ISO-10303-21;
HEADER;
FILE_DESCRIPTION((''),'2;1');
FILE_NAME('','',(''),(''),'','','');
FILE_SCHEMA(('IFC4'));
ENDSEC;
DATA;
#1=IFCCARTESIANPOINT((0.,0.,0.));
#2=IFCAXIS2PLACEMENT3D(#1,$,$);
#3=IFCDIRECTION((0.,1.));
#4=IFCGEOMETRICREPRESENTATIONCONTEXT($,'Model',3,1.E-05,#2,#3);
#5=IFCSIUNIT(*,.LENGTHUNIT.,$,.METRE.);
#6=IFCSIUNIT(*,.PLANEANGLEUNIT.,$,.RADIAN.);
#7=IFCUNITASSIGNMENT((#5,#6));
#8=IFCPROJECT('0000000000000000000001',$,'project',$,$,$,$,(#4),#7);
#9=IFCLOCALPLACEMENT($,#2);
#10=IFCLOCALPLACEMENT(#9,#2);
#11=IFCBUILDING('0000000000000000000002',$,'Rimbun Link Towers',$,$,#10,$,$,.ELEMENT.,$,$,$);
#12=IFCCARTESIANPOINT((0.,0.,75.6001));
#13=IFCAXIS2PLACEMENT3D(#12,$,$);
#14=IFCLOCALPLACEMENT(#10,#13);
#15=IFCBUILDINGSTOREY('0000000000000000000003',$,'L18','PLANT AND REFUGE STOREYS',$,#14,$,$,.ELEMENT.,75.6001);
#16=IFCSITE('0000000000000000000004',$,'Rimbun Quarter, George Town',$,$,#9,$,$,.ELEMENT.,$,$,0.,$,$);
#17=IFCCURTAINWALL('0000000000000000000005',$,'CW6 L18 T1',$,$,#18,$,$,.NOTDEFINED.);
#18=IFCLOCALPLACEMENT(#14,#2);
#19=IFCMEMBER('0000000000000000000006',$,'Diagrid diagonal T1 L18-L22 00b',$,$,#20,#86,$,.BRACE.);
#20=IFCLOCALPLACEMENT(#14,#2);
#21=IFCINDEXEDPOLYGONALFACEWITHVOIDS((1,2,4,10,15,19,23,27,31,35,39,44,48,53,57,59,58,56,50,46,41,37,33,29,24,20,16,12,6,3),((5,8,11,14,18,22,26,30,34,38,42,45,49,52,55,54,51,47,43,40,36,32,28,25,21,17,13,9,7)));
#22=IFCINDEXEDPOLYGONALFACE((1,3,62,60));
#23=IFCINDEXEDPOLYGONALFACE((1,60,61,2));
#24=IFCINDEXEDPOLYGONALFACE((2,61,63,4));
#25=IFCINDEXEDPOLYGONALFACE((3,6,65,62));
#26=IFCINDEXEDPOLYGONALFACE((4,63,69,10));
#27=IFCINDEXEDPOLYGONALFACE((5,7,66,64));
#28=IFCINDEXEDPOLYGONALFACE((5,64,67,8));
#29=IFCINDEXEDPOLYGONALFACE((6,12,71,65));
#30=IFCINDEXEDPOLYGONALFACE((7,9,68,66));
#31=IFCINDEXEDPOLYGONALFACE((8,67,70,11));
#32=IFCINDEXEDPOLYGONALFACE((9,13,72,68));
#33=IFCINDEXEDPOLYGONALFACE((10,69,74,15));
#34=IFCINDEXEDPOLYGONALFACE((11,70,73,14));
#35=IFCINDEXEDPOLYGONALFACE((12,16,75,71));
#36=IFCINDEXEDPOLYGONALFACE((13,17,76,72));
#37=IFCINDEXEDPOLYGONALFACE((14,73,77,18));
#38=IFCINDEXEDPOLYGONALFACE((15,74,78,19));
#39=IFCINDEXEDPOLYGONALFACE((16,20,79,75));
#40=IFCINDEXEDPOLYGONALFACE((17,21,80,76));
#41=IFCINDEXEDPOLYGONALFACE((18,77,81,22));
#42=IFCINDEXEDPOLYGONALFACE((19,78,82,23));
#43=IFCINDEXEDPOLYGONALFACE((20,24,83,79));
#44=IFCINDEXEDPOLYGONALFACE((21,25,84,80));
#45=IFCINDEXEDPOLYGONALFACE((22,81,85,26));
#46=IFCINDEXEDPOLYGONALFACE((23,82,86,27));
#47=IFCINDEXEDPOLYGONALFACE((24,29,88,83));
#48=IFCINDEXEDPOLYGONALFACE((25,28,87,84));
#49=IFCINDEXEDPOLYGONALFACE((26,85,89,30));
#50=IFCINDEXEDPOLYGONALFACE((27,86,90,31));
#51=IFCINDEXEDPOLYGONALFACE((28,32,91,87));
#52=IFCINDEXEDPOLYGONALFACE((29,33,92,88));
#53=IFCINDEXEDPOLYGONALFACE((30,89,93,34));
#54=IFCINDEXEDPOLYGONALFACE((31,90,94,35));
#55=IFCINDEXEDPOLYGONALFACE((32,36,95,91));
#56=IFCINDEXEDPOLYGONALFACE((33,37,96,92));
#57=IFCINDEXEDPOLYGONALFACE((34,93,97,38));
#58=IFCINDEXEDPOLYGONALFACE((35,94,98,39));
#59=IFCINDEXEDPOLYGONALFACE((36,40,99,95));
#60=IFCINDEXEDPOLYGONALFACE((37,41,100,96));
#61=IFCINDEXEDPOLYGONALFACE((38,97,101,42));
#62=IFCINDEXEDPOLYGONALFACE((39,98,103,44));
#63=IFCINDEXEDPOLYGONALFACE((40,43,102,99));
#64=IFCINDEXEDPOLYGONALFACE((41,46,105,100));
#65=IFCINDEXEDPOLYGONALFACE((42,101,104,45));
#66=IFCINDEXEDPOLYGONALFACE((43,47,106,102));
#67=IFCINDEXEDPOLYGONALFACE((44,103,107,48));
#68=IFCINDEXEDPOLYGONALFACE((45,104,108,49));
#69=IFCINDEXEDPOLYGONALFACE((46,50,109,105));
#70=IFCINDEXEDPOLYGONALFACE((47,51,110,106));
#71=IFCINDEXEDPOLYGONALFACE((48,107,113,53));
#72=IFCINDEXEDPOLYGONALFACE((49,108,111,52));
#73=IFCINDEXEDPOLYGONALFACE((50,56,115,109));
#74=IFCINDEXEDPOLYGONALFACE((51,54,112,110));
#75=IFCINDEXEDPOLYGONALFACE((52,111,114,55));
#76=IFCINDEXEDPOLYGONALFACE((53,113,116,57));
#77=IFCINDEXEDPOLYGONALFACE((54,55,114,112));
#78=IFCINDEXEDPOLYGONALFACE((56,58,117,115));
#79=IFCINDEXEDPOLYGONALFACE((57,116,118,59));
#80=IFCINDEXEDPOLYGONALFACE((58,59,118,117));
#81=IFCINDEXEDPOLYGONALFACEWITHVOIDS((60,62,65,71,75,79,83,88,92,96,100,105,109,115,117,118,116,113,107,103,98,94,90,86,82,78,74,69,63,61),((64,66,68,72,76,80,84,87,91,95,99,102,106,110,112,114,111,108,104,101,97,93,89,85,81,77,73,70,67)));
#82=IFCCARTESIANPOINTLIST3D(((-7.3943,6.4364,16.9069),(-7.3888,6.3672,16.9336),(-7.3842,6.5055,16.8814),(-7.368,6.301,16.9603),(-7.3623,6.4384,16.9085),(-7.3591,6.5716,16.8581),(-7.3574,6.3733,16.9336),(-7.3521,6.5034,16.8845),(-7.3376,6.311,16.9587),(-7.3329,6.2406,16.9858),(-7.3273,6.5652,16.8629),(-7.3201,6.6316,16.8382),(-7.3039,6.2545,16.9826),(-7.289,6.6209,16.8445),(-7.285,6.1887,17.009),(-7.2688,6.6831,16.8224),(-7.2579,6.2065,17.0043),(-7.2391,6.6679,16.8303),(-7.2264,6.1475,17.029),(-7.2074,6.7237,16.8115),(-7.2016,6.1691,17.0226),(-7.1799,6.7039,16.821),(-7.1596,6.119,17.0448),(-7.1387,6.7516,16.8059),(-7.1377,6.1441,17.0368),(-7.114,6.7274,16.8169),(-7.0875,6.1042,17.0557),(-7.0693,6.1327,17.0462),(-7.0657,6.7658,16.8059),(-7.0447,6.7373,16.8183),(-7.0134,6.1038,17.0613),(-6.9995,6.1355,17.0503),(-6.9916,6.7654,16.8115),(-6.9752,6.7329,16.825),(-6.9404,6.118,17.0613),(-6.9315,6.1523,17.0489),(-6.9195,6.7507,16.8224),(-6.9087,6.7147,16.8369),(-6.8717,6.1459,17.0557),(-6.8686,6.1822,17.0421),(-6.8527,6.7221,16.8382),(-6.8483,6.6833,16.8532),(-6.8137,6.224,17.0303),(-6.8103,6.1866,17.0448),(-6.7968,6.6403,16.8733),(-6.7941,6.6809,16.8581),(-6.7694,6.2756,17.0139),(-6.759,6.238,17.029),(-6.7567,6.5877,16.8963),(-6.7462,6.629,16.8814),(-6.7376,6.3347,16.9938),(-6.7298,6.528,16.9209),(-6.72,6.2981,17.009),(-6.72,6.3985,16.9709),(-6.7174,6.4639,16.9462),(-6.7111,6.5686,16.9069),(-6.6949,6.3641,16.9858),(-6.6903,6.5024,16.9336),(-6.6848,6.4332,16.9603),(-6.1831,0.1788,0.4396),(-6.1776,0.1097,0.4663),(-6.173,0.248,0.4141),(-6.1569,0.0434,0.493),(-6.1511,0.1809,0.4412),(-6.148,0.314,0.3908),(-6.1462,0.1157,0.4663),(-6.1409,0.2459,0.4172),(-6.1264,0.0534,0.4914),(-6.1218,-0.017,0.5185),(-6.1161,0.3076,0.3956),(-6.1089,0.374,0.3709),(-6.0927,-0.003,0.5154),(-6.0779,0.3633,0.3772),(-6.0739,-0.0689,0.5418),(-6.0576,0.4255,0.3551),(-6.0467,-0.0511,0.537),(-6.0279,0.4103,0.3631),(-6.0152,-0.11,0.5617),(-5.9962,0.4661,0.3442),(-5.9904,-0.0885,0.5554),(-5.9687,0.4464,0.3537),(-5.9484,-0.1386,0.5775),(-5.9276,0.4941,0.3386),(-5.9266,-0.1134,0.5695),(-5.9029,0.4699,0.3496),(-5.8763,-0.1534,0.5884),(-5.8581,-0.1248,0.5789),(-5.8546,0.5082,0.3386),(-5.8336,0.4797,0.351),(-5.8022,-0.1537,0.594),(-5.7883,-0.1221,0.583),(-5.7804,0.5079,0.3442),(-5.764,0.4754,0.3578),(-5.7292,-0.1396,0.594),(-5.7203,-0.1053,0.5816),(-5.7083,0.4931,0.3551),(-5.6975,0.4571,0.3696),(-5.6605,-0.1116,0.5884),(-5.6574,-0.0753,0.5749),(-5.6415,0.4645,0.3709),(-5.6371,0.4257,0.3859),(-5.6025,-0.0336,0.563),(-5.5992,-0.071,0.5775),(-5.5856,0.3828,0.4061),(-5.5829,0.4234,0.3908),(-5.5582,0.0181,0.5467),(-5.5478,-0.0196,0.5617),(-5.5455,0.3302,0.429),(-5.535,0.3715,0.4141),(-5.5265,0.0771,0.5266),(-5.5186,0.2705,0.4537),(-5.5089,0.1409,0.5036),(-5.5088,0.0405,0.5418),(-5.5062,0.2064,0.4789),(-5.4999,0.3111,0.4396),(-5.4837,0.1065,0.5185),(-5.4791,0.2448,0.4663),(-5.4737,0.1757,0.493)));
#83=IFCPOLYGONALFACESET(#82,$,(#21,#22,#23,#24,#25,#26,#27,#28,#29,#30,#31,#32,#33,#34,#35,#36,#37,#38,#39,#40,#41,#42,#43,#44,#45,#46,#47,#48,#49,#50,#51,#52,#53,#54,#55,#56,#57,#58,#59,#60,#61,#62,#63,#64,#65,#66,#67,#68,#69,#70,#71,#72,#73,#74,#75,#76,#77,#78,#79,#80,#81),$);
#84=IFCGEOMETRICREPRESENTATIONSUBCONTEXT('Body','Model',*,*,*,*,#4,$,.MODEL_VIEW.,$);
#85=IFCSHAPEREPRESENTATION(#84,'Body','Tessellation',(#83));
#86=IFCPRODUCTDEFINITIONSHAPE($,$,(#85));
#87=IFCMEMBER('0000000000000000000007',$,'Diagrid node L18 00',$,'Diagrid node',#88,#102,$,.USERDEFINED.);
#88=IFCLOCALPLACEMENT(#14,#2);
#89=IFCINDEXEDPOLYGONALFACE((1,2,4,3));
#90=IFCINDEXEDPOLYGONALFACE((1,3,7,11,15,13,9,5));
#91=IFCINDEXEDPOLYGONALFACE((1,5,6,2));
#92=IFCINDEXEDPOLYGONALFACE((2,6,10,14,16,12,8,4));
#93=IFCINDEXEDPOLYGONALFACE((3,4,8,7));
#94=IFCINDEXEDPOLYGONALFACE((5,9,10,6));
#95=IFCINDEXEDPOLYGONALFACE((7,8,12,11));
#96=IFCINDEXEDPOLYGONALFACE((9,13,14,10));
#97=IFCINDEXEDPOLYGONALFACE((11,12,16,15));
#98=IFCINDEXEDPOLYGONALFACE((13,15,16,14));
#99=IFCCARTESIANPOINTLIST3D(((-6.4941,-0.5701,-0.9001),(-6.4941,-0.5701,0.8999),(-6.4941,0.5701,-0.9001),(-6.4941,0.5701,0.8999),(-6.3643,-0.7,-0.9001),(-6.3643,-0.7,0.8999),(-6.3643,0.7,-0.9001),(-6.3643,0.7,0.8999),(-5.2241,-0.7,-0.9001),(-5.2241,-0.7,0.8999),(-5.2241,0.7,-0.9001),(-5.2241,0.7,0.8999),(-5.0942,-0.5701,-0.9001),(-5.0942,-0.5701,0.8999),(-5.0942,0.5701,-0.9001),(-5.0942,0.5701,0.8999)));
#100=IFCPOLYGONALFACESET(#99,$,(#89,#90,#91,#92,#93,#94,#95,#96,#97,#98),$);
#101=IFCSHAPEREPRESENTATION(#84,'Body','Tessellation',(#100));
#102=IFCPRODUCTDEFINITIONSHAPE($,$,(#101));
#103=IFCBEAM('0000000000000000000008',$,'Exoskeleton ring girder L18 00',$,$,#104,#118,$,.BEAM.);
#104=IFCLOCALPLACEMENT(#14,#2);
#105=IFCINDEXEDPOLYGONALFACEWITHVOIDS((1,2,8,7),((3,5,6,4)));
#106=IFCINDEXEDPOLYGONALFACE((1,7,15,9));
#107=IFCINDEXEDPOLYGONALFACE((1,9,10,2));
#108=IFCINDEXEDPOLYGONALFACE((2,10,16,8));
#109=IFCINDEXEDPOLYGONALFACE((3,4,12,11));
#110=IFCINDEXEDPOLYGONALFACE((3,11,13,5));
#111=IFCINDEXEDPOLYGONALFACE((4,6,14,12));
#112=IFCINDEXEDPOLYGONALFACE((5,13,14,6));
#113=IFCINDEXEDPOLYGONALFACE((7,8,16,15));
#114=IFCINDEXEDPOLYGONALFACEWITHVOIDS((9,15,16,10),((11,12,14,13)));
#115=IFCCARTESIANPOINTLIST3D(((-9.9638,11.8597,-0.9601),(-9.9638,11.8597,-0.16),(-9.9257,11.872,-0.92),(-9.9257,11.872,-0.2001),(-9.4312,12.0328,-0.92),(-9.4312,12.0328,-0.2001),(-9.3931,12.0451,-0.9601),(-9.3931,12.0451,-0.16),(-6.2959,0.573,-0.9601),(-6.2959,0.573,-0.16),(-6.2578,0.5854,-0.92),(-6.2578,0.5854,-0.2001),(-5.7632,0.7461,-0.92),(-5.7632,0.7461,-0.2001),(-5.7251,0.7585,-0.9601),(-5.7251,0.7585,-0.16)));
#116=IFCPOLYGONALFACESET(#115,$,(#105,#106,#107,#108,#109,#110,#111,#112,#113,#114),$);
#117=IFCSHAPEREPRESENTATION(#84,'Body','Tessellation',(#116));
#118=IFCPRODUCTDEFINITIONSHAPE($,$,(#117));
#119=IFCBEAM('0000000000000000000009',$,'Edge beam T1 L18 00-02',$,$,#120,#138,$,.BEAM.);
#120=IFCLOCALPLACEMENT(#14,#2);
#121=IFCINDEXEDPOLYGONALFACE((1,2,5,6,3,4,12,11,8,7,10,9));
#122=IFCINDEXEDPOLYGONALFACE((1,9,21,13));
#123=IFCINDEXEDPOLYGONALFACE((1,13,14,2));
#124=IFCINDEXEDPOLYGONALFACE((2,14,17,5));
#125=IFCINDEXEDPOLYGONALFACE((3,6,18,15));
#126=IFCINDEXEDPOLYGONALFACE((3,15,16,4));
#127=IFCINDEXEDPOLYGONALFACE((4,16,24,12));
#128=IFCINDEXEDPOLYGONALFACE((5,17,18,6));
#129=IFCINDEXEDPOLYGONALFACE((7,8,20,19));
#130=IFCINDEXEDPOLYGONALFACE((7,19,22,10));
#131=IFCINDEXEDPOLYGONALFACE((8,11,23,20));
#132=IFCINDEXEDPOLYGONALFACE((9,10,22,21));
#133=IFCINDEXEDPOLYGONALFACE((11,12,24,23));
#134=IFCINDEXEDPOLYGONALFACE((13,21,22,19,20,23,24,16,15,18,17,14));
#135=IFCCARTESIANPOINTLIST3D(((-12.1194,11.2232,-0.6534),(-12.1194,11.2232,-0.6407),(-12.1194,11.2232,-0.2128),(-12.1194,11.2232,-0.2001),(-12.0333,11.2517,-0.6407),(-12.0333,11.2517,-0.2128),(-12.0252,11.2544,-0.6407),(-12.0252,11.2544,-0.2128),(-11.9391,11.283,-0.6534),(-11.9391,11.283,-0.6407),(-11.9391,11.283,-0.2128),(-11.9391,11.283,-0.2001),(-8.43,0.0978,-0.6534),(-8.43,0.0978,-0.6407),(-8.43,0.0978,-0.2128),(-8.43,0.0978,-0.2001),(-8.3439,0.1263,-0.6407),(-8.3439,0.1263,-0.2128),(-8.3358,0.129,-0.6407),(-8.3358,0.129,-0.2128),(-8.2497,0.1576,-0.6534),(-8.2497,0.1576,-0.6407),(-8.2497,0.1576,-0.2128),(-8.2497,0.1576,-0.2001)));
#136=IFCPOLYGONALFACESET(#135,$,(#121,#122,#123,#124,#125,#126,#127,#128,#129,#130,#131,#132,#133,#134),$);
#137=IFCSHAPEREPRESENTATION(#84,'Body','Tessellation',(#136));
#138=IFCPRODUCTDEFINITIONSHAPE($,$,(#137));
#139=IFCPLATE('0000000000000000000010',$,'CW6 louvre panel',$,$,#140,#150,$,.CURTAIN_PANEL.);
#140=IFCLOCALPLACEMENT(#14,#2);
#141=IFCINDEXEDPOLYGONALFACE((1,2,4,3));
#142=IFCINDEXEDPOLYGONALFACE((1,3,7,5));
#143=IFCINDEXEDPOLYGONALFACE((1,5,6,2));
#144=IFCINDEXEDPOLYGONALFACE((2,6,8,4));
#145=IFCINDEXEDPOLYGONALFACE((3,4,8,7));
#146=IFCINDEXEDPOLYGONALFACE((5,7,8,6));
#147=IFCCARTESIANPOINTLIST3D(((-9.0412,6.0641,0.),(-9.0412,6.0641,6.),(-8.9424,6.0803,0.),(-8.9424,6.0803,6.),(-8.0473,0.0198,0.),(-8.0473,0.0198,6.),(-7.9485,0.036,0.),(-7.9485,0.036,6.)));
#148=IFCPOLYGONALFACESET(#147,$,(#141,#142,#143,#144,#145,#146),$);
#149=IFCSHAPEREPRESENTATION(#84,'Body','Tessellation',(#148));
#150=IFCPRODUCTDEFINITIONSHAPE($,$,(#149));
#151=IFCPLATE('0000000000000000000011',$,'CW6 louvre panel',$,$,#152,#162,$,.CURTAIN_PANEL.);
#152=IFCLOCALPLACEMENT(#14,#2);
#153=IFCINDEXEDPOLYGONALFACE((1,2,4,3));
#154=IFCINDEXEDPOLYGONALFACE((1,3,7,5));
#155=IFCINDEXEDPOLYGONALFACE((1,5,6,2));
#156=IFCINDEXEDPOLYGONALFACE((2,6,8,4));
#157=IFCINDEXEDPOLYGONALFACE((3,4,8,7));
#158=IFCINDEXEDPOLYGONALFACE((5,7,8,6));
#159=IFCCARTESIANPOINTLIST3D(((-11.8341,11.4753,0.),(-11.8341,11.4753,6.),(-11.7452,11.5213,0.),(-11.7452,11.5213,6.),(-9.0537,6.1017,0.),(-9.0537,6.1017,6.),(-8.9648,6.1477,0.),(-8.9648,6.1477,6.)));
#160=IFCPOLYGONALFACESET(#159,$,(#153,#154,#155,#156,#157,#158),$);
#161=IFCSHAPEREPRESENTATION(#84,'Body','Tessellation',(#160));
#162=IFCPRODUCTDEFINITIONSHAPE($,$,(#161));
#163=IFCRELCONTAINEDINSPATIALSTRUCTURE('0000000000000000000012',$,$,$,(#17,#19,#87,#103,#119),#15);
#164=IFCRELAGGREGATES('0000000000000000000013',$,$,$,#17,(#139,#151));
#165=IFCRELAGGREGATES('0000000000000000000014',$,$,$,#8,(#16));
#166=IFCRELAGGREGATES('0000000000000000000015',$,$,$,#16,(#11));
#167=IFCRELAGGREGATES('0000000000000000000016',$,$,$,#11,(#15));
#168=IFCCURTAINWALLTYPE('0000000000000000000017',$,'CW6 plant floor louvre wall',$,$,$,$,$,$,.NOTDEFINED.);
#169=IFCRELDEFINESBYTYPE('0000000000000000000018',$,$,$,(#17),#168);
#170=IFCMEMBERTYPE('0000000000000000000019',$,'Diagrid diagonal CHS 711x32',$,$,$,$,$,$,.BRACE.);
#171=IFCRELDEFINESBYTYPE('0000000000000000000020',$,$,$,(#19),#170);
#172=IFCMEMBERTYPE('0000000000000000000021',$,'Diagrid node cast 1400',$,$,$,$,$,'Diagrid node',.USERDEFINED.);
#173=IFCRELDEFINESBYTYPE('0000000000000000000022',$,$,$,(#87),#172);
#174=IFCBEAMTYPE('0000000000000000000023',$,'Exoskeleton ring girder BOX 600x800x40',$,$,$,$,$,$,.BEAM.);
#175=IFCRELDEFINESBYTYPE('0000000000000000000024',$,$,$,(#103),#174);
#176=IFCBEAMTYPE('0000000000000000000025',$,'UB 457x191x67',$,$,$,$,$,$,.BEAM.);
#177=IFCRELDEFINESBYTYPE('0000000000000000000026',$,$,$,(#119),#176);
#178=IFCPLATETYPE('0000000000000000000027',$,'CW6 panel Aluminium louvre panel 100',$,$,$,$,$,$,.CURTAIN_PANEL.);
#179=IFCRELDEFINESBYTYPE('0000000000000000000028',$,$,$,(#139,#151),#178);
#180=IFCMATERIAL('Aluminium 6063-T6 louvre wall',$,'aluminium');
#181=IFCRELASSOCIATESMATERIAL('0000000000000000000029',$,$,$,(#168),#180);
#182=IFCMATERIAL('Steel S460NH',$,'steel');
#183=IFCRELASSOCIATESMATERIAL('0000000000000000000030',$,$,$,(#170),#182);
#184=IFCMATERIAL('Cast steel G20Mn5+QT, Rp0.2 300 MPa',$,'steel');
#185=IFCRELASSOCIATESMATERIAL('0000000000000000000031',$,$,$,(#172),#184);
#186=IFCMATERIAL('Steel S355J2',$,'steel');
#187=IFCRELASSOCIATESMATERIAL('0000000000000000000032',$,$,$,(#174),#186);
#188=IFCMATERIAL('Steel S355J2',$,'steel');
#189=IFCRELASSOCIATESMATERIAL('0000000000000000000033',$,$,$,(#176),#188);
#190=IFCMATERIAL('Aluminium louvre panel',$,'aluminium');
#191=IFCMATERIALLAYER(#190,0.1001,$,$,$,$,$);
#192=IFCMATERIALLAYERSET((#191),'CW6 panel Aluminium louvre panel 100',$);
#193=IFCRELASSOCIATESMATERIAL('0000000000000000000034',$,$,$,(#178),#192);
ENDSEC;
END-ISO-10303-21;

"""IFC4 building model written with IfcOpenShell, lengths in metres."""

from ifc_helpers import new_model, si_unit, direction, frame, origin, origin_2d, place, context, subcontext, project, spatial, polyline, rectangle, hollow_rectangle, hollow_circle, i_section, outline, extrude, material, layer, layer_set, material_profile, profile_set, type_object, element, aggregate, save


model = new_model("IFC4")

# Units and contexts
model_context = context("Model", 3, precision=1e-05, world=origin(), true_north=direction((0.0, 1.0)))
body_context = subcontext(model_context, "Body", "Model", "MODEL_VIEW")
ifc_project = project(units=[si_unit("LENGTHUNIT", "METRE"), si_unit("PLANEANGLEUNIT", "RADIAN")], contexts=[model_context])

# Site, building, storey
site_placement = place(None, origin())
site = spatial("IfcSite", under=ifc_project, at=site_placement, Name="Rimbun Quarter, George Town", CompositionType="ELEMENT", RefElevation=0.0)
building_placement = place(site_placement, origin())
building = spatial("IfcBuilding", under=site, at=building_placement, Name="Rimbun Link Towers", CompositionType="ELEMENT")
storey_placement = place(building_placement, frame((0.0, 0.0, 75.6001)))
storey = spatial("IfcBuildingStorey", under=building, at=storey_placement, Name="L18", Description="PLANT AND REFUGE STOREYS", CompositionType="ELEMENT", Elevation=75.6001)

# Curtain wall
ifc_material_1 = material(Name="Aluminium 6063-T6 louvre wall", Category="aluminium")
curtain_wall_type = type_object("IfcCurtainWallType", Name="CW6 plant floor louvre wall", PredefinedType="NOTDEFINED", material=ifc_material_1)
curtain_wall_placement = place(storey_placement, origin())
curtain_wall = element("IfcCurtainWall", 1, at=curtain_wall_placement, inside=storey, type_object=curtain_wall_type, Name="CW6 L18 T1", PredefinedType="NOTDEFINED")

# Members
ifc_material_2 = material(Name="Steel S460NH", Category="steel")
ifc_material_profile_1 = material_profile(ifc_material_2, hollow_circle(Radius=0.3557, WallThickness=0.032, at=origin_2d()), Name="Diagrid diagonal CHS 711x32")
ifc_profile_set_1 = profile_set([ifc_material_profile_1], Name="Steel S460NH")
member_type_1 = type_object("IfcMemberType", Name="Diagrid diagonal CHS 711x32", PredefinedType="BRACE", material=ifc_profile_set_1)
member_1_placement = place(storey_placement, frame((-5.8284, 0.1772, 0.4663), z_axis=(-0.068592, 0.354381, 0.932582), x_axis=(-0.981779, -0.190028, 0.0)))
element("IfcMember", 2, at=member_1_placement, inside=storey, type_object=member_type_1, Name="Diagrid diagonal T1 L18-L22 00b", PredefinedType="BRACE", context=body_context, shape_type="SweptSolid", body=[
    extrude(hollow_circle(Radius=0.3557, WallThickness=0.032, at=origin_2d()), origin(), (0.0, 0.0, 1.0), 17.6577),
])
ifc_material_3 = material(Name="Cast steel G20Mn5+QT, Rp0.2 300 MPa", Category="steel")
ifc_material_profile_2 = material_profile(ifc_material_3, outline(polyline([(0.7, -0.5701), (0.7, 0.5701), (0.5701, 0.7), (-0.5701, 0.7), (-0.7, 0.5701), (-0.7, -0.5701), (-0.5701, -0.7), (0.5701, -0.7), (0.7, -0.5701)])), Name="NODE 1400x1400")
ifc_profile_set_2 = profile_set([ifc_material_profile_2], Name="Cast steel G20Mn5+QT, Rp0.2 300 MPa")
member_type_2 = type_object("IfcMemberType", Name="Diagrid node cast 1400", ElementType="Diagrid node", PredefinedType="USERDEFINED", material=ifc_profile_set_2)
member_2_placement = place(storey_placement, frame((-5.7942, 0.0, -0.9001), z_axis=(0.0, 0.0, 1.0), x_axis=(1.0, 0.0, 0.0)))
element("IfcMember", 3, at=member_2_placement, inside=storey, type_object=member_type_2, Name="Diagrid node L18 00", ObjectType="Diagrid node", PredefinedType="USERDEFINED", context=body_context, shape_type="SweptSolid", body=[
    extrude(outline(polyline([(0.7, -0.5701), (0.7, 0.5701), (0.5701, 0.7), (-0.5701, 0.7), (-0.7, 0.5701), (-0.7, -0.5701), (-0.5701, -0.7), (0.5701, -0.7), (0.7, -0.5701)])), origin(), (0.0, 0.0, 1.0), 1.8),
])

# Beams
ifc_material_4 = material(Name="Steel S355J2", Category="steel")
ifc_material_profile_3 = material_profile(ifc_material_4, hollow_rectangle(XDim=0.6001, YDim=0.8, WallThickness=0.04, at=origin_2d()), Name="Exoskeleton ring girder BOX 600x800x40")
ifc_profile_set_3 = profile_set([ifc_material_profile_3], Name="Steel S355J2")
beam_type_1 = type_object("IfcBeamType", Name="Exoskeleton ring girder BOX 600x800x40", PredefinedType="BEAM", material=ifc_profile_set_3)
beam_1_placement = place(storey_placement, frame((-6.0105, 0.6658, -0.5601), z_axis=(-0.309072, 0.951039, 0.0), x_axis=(-0.951039, -0.309072, 0.0)))
element("IfcBeam", 4, at=beam_1_placement, inside=storey, type_object=beam_type_1, Name="Exoskeleton ring girder L18 00", PredefinedType="BEAM", context=body_context, shape_type="SweptSolid", body=[
    extrude(hollow_rectangle(XDim=0.6001, YDim=0.8, WallThickness=0.04, at=origin_2d()), origin(), (0.0, 0.0, 1.0), 11.8677),
])
ifc_material_5 = material(Name="Steel S355J2", Category="steel")
ifc_material_profile_4 = material_profile(ifc_material_5, i_section(OverallWidth=0.1899, OverallDepth=0.4534, WebThickness=0.0085, FlangeThickness=0.0127, at=origin_2d()), Name="UB 457x191x67")
ifc_profile_set_4 = profile_set([ifc_material_profile_4], Name="Steel S355J2")
beam_type_2 = type_object("IfcBeamType", Name="UB 457x191x67", PredefinedType="BEAM", material=ifc_profile_set_4)
beam_2_placement = place(storey_placement, frame((-8.3398, 0.1277, -0.4268), z_axis=(-0.314765, 0.94917, 0.0), x_axis=(-0.94917, -0.314765, 0.0)))
element("IfcBeam", 5, at=beam_2_placement, inside=storey, type_object=beam_type_2, Name="Edge beam T1 L18 00-02", PredefinedType="BEAM", context=body_context, shape_type="SweptSolid", body=[
    extrude(i_section(OverallWidth=0.1899, OverallDepth=0.4534, WebThickness=0.0085, FlangeThickness=0.0127, at=origin_2d()), origin(), (0.0, 0.0, 1.0), 11.7212),
])

# Plates
ifc_material_6 = material(Name="Aluminium louvre panel", Category="aluminium")
ifc_layer_1 = layer(ifc_material_6, 0.1001)
ifc_layer_set_1 = layer_set([ifc_layer_1], Name="CW6 panel Aluminium louvre panel 100")
plate_type = type_object("IfcPlateType", Name="CW6 panel Aluminium louvre panel 100", PredefinedType="CURTAIN_PANEL", material=ifc_layer_set_1)
plate_1_placement = place(storey_placement, frame((-8.4949, 3.05, 0.0), z_axis=(0.0, 0.0, 1.0), x_axis=(0.162255, -0.986749, 0.0)))
plate_1 = element("IfcPlate", 6, at=plate_1_placement, type_object=plate_type, Name="CW6 louvre panel", PredefinedType="CURTAIN_PANEL", context=body_context, shape_type="SweptSolid", body=[
    extrude(rectangle(XDim=6.1255, YDim=0.1001, at=origin_2d()), origin(), (0.0, 0.0, 1.0), 6.0),
])
plate_2_placement = place(storey_placement, frame((-10.3994, 8.8115, 0.0), z_axis=(0.0, 0.0, 1.0), x_axis=(0.459544, -0.888155, 0.0)))
plate_2 = element("IfcPlate", 7, at=plate_2_placement, type_object=plate_type, Name="CW6 louvre panel", PredefinedType="CURTAIN_PANEL", context=body_context, shape_type="SweptSolid", body=[
    extrude(rectangle(XDim=6.0503, YDim=0.1001, at=origin_2d()), origin(), (0.0, 0.0, 1.0), 6.0),
])
aggregate(curtain_wall, [plate_1, plate_2])

save(model, "model.ifc")
